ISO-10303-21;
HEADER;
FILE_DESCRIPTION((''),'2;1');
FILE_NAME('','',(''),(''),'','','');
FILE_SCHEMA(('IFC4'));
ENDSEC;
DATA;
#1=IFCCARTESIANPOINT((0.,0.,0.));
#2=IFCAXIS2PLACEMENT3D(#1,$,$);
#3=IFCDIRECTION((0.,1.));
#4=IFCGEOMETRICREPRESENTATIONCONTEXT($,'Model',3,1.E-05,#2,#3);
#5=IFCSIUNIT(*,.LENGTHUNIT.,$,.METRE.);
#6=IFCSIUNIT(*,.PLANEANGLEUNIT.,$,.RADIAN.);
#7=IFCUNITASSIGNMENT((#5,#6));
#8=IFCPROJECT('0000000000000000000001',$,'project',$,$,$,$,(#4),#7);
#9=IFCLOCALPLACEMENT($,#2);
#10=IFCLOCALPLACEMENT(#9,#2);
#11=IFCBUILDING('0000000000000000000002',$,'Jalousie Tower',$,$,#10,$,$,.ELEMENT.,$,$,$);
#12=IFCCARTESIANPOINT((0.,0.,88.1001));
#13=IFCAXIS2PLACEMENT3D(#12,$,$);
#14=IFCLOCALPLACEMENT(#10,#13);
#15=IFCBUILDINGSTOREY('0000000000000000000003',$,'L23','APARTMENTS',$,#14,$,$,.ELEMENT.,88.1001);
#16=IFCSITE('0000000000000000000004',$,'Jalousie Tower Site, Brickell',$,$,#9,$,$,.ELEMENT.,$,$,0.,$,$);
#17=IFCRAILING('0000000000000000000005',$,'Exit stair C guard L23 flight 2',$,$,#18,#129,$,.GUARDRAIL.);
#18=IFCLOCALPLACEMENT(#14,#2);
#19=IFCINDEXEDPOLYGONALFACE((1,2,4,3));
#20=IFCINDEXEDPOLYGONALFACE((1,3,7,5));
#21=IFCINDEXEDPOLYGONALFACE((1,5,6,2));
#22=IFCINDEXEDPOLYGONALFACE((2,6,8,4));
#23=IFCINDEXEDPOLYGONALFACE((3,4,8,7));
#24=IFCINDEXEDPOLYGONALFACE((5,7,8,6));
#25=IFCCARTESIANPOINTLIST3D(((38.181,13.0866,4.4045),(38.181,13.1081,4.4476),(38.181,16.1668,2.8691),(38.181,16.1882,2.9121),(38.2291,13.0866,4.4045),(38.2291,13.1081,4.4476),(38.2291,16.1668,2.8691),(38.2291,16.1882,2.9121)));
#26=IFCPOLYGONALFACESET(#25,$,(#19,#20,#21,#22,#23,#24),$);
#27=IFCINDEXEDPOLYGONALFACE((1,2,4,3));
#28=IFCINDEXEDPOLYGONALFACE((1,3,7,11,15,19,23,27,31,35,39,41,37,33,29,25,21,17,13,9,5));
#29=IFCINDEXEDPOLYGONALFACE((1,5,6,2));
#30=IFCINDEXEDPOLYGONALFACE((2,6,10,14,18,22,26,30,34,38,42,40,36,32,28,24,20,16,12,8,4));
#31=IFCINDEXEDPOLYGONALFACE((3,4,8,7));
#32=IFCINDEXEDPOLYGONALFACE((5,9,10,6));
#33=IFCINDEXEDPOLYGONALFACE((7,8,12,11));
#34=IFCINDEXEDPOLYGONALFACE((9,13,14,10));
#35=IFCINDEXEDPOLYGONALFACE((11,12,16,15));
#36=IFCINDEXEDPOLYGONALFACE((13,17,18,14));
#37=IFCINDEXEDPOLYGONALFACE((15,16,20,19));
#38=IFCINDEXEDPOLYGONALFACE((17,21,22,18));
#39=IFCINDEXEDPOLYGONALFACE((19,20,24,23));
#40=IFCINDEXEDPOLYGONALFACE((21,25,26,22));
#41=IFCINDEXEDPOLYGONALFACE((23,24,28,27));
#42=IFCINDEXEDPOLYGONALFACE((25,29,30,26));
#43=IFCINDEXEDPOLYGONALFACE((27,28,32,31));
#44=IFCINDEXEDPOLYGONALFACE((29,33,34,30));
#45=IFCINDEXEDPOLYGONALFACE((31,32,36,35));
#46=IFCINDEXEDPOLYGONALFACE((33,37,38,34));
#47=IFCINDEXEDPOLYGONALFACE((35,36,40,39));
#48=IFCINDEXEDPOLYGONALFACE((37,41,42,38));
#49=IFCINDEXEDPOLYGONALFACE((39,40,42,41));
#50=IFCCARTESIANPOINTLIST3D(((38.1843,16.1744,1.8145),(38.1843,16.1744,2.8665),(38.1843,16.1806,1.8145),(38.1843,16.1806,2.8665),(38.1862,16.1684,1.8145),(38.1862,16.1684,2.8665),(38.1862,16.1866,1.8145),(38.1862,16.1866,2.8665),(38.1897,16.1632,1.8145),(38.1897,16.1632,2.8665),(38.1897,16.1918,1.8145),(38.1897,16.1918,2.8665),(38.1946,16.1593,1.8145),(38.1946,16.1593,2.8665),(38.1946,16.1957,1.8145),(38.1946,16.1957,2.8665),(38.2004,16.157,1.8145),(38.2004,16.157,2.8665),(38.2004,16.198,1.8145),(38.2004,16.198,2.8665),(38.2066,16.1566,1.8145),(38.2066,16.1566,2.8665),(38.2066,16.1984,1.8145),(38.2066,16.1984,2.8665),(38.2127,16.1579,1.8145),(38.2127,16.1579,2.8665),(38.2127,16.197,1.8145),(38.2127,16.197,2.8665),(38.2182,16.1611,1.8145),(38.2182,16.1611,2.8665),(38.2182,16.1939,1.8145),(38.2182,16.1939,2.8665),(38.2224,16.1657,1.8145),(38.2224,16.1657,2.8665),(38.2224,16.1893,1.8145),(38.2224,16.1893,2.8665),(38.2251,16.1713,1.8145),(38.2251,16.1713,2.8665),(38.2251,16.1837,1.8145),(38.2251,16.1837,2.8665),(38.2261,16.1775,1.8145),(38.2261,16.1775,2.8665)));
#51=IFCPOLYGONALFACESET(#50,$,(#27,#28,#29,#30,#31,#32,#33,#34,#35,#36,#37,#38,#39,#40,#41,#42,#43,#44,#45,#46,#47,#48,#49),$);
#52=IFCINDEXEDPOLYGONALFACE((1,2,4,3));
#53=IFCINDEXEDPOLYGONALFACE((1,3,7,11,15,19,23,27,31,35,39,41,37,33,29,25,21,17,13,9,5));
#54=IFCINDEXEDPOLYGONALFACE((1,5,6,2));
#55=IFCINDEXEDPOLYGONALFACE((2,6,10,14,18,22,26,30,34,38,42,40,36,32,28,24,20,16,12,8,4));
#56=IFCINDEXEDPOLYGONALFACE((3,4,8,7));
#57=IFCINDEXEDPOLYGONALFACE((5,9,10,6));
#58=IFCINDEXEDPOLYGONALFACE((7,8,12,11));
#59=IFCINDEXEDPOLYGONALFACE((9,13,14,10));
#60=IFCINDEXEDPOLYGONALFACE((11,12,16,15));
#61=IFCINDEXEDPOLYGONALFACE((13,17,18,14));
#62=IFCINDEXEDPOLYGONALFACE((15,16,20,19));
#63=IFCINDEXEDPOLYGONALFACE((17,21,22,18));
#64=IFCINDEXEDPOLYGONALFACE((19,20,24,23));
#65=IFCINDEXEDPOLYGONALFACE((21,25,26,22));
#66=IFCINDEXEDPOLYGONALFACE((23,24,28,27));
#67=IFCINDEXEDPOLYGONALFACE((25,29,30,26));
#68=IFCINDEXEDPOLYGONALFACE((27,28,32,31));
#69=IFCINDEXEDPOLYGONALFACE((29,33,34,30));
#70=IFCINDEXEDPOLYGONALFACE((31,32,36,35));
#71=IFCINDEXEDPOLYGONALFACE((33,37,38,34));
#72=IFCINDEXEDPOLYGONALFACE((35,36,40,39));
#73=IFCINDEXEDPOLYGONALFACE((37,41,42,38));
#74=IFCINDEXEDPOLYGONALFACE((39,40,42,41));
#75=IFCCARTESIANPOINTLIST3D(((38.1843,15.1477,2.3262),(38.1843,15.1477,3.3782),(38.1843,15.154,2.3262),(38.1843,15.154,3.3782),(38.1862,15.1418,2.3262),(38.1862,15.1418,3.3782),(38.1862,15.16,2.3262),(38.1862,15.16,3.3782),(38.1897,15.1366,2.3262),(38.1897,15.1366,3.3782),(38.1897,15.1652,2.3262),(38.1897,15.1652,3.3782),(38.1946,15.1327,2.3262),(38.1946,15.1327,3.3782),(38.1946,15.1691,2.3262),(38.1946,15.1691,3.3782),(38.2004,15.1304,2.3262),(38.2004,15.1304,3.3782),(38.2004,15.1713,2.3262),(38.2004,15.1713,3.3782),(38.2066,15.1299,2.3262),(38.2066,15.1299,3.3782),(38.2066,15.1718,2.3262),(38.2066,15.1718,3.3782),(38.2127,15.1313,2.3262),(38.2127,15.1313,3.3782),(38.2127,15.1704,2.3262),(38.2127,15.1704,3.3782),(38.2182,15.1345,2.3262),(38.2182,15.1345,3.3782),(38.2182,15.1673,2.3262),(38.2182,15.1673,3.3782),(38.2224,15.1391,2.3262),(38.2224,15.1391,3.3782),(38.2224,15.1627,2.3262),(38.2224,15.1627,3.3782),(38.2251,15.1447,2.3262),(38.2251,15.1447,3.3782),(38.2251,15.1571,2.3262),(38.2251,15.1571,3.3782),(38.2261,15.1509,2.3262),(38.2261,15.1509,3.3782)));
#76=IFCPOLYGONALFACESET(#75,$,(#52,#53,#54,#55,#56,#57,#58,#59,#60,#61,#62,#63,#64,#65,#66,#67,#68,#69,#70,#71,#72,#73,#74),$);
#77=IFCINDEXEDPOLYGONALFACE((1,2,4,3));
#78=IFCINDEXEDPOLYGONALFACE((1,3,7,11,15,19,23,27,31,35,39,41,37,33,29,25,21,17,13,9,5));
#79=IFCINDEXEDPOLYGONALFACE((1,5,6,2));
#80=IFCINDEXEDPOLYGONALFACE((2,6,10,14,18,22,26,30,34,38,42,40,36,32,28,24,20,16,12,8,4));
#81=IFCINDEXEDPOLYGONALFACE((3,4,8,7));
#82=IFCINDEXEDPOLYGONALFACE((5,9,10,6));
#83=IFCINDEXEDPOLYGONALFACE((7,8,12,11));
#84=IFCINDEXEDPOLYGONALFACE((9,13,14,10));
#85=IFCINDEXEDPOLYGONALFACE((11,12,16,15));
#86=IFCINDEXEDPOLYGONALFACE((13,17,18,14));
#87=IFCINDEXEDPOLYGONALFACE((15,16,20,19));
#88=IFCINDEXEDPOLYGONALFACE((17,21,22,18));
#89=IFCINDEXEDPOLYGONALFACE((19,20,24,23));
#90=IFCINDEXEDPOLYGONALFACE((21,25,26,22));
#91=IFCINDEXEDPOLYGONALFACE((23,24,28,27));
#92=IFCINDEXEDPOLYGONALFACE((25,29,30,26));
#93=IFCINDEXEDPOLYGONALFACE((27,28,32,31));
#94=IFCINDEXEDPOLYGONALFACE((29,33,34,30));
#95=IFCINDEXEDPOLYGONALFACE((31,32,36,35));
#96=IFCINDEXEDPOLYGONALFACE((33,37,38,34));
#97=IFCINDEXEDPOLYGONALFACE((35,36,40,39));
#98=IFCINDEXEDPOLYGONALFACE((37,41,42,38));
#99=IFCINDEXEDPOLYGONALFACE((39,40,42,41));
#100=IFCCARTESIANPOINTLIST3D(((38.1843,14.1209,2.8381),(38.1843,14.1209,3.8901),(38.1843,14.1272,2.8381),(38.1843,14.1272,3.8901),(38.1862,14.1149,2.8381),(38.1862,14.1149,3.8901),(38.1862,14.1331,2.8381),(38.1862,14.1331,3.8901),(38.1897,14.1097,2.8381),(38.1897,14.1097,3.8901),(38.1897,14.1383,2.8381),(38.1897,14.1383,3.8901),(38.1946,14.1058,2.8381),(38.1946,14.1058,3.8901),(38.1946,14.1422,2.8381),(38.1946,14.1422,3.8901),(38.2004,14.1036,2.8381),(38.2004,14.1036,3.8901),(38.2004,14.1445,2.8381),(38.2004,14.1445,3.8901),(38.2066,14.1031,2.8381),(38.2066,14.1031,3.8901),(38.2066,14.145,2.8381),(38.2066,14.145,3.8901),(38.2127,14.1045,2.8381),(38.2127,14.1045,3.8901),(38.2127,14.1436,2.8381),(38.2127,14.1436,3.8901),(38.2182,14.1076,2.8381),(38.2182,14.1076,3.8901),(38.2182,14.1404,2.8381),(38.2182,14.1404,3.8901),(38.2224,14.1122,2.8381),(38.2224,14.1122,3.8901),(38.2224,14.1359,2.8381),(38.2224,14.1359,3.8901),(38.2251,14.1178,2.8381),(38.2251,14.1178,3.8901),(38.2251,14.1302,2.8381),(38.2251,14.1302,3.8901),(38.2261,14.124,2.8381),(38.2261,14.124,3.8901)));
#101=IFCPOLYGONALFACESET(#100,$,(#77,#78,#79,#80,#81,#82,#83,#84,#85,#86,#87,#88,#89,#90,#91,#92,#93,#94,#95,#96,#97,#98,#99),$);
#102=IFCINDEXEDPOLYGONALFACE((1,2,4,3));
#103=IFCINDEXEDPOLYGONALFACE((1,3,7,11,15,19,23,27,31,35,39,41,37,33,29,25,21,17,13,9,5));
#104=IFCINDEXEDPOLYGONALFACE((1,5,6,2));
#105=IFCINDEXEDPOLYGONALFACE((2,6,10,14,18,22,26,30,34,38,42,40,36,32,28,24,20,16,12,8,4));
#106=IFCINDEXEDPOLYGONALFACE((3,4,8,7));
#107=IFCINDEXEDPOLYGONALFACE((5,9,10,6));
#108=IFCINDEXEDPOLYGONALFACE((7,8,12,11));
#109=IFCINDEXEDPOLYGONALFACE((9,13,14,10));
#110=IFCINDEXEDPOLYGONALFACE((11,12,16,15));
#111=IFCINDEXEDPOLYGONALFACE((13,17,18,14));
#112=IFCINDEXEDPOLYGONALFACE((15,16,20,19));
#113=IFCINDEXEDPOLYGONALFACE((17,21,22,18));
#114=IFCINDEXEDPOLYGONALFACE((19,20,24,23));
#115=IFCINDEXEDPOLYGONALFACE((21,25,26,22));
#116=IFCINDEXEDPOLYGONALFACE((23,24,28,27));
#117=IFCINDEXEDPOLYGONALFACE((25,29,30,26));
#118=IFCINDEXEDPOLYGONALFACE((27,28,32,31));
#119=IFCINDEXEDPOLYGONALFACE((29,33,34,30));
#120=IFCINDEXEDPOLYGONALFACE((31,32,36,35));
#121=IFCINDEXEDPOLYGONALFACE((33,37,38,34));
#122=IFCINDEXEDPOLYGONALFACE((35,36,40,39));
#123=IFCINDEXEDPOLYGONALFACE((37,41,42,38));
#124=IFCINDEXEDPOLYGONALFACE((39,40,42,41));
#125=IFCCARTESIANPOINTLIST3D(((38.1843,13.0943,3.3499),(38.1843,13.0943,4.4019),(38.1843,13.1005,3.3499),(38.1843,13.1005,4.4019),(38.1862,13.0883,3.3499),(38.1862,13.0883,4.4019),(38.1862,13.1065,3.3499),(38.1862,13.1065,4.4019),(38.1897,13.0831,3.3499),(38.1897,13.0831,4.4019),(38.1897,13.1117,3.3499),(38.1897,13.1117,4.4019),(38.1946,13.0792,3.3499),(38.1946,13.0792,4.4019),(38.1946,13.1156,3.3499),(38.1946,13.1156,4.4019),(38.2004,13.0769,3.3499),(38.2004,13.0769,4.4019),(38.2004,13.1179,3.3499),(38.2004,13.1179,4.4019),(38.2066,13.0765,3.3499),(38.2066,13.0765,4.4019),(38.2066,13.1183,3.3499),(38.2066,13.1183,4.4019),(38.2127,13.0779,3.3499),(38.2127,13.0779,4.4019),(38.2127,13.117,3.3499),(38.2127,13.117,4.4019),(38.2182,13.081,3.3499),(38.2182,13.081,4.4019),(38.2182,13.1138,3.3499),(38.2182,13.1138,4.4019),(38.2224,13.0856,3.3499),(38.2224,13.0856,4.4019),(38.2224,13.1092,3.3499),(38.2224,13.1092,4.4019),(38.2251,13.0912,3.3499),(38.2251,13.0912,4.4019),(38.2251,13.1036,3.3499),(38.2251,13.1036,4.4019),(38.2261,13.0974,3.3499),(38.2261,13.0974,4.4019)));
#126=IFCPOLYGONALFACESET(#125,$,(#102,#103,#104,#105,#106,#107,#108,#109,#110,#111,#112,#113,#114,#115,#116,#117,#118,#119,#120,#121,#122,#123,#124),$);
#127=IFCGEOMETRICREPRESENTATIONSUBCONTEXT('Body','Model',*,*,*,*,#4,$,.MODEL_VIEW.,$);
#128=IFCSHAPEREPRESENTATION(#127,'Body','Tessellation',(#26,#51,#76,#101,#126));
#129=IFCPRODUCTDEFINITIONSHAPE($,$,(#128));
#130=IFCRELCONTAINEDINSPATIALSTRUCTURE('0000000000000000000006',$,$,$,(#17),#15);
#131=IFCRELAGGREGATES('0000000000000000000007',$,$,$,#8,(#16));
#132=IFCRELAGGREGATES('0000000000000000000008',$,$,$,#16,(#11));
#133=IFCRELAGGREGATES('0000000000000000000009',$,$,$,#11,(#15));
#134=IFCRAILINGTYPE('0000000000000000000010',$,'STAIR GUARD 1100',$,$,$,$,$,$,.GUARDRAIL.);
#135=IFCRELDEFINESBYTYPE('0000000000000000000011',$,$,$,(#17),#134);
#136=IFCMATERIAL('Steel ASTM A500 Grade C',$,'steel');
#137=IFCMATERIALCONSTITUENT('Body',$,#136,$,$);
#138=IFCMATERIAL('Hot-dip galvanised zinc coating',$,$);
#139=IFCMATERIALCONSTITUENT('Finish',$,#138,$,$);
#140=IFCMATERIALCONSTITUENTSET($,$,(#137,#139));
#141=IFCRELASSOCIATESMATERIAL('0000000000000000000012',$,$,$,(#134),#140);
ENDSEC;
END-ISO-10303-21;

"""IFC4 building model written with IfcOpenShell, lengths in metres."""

from ifc_helpers import new_model, si_unit, direction, frame, origin, origin_2d, place, context, subcontext, project, spatial, rectangle, circle, extrude, material, constituent, constituent_set, type_object, element, save


model = new_model("IFC4")

# Units and contexts
model_context = context("Model", 3, precision=1e-05, world=origin(), true_north=direction((0.0, 1.0)))
body_context = subcontext(model_context, "Body", "Model", "MODEL_VIEW")
ifc_project = project(units=[si_unit("LENGTHUNIT", "METRE"), si_unit("PLANEANGLEUNIT", "RADIAN")], contexts=[model_context])

# Site, building, storey
site_placement = place(None, origin())
site = spatial("IfcSite", under=ifc_project, at=site_placement, Name="Jalousie Tower Site, Brickell", CompositionType="ELEMENT", RefElevation=0.0)
building_placement = place(site_placement, origin())
building = spatial("IfcBuilding", under=site, at=building_placement, Name="Jalousie Tower", CompositionType="ELEMENT")
storey_placement = place(building_placement, frame((0.0, 0.0, 88.1001)))
storey = spatial("IfcBuildingStorey", under=building, at=storey_placement, Name="L23", Description="APARTMENTS", CompositionType="ELEMENT", Elevation=88.1001)

# Railing
ifc_material_1 = material(Name="Steel ASTM A500 Grade C", Category="steel")
ifc_constituent_1 = constituent(ifc_material_1, Name="Body")
ifc_material_2 = material(Name="Hot-dip galvanised zinc coating")
ifc_constituent_2 = constituent(ifc_material_2, Name="Finish")
ifc_constituent_set_1 = constituent_set(constituents=[ifc_constituent_1, ifc_constituent_2])
railing_type_1 = type_object("IfcRailingType", Name="STAIR GUARD 1100", PredefinedType="GUARDRAIL", material=ifc_constituent_set_1)
railing_1_placement = place(storey_placement, frame((38.2051, 16.1775, 1.8145)))
element("IfcRailing", 1, at=railing_1_placement, inside=storey, type_object=railing_type_1, Name="Exit stair C guard L23 flight 2", PredefinedType="GUARDRAIL", context=body_context, shape_type="SweptSolid", body=[
    extrude(rectangle(XDim=0.0481, YDim=0.0481, at=origin_2d()), frame((0.0, 0.0, 1.0762), z_axis=(0.0, -0.894966, 0.446135), x_axis=(1.0, 0.0, 0.0)), (0.0, 0.0, 1.0), 3.4417),
    extrude(circle(Radius=0.021, at=origin_2d()), origin(), (0.0, 0.0, 1.0), 1.052),
    extrude(circle(Radius=0.021, at=origin_2d()), frame((0.0, -1.0266, 0.5117)), (0.0, 0.0, 1.0), 1.052),
    extrude(circle(Radius=0.021, at=origin_2d()), frame((0.0, -2.0535, 1.0237)), (0.0, 0.0, 1.0), 1.052),
    extrude(circle(Radius=0.021, at=origin_2d()), frame((0.0, -3.0801, 1.5354)), (0.0, 0.0, 1.0), 1.052),
])

save(model, "model.ifc")
